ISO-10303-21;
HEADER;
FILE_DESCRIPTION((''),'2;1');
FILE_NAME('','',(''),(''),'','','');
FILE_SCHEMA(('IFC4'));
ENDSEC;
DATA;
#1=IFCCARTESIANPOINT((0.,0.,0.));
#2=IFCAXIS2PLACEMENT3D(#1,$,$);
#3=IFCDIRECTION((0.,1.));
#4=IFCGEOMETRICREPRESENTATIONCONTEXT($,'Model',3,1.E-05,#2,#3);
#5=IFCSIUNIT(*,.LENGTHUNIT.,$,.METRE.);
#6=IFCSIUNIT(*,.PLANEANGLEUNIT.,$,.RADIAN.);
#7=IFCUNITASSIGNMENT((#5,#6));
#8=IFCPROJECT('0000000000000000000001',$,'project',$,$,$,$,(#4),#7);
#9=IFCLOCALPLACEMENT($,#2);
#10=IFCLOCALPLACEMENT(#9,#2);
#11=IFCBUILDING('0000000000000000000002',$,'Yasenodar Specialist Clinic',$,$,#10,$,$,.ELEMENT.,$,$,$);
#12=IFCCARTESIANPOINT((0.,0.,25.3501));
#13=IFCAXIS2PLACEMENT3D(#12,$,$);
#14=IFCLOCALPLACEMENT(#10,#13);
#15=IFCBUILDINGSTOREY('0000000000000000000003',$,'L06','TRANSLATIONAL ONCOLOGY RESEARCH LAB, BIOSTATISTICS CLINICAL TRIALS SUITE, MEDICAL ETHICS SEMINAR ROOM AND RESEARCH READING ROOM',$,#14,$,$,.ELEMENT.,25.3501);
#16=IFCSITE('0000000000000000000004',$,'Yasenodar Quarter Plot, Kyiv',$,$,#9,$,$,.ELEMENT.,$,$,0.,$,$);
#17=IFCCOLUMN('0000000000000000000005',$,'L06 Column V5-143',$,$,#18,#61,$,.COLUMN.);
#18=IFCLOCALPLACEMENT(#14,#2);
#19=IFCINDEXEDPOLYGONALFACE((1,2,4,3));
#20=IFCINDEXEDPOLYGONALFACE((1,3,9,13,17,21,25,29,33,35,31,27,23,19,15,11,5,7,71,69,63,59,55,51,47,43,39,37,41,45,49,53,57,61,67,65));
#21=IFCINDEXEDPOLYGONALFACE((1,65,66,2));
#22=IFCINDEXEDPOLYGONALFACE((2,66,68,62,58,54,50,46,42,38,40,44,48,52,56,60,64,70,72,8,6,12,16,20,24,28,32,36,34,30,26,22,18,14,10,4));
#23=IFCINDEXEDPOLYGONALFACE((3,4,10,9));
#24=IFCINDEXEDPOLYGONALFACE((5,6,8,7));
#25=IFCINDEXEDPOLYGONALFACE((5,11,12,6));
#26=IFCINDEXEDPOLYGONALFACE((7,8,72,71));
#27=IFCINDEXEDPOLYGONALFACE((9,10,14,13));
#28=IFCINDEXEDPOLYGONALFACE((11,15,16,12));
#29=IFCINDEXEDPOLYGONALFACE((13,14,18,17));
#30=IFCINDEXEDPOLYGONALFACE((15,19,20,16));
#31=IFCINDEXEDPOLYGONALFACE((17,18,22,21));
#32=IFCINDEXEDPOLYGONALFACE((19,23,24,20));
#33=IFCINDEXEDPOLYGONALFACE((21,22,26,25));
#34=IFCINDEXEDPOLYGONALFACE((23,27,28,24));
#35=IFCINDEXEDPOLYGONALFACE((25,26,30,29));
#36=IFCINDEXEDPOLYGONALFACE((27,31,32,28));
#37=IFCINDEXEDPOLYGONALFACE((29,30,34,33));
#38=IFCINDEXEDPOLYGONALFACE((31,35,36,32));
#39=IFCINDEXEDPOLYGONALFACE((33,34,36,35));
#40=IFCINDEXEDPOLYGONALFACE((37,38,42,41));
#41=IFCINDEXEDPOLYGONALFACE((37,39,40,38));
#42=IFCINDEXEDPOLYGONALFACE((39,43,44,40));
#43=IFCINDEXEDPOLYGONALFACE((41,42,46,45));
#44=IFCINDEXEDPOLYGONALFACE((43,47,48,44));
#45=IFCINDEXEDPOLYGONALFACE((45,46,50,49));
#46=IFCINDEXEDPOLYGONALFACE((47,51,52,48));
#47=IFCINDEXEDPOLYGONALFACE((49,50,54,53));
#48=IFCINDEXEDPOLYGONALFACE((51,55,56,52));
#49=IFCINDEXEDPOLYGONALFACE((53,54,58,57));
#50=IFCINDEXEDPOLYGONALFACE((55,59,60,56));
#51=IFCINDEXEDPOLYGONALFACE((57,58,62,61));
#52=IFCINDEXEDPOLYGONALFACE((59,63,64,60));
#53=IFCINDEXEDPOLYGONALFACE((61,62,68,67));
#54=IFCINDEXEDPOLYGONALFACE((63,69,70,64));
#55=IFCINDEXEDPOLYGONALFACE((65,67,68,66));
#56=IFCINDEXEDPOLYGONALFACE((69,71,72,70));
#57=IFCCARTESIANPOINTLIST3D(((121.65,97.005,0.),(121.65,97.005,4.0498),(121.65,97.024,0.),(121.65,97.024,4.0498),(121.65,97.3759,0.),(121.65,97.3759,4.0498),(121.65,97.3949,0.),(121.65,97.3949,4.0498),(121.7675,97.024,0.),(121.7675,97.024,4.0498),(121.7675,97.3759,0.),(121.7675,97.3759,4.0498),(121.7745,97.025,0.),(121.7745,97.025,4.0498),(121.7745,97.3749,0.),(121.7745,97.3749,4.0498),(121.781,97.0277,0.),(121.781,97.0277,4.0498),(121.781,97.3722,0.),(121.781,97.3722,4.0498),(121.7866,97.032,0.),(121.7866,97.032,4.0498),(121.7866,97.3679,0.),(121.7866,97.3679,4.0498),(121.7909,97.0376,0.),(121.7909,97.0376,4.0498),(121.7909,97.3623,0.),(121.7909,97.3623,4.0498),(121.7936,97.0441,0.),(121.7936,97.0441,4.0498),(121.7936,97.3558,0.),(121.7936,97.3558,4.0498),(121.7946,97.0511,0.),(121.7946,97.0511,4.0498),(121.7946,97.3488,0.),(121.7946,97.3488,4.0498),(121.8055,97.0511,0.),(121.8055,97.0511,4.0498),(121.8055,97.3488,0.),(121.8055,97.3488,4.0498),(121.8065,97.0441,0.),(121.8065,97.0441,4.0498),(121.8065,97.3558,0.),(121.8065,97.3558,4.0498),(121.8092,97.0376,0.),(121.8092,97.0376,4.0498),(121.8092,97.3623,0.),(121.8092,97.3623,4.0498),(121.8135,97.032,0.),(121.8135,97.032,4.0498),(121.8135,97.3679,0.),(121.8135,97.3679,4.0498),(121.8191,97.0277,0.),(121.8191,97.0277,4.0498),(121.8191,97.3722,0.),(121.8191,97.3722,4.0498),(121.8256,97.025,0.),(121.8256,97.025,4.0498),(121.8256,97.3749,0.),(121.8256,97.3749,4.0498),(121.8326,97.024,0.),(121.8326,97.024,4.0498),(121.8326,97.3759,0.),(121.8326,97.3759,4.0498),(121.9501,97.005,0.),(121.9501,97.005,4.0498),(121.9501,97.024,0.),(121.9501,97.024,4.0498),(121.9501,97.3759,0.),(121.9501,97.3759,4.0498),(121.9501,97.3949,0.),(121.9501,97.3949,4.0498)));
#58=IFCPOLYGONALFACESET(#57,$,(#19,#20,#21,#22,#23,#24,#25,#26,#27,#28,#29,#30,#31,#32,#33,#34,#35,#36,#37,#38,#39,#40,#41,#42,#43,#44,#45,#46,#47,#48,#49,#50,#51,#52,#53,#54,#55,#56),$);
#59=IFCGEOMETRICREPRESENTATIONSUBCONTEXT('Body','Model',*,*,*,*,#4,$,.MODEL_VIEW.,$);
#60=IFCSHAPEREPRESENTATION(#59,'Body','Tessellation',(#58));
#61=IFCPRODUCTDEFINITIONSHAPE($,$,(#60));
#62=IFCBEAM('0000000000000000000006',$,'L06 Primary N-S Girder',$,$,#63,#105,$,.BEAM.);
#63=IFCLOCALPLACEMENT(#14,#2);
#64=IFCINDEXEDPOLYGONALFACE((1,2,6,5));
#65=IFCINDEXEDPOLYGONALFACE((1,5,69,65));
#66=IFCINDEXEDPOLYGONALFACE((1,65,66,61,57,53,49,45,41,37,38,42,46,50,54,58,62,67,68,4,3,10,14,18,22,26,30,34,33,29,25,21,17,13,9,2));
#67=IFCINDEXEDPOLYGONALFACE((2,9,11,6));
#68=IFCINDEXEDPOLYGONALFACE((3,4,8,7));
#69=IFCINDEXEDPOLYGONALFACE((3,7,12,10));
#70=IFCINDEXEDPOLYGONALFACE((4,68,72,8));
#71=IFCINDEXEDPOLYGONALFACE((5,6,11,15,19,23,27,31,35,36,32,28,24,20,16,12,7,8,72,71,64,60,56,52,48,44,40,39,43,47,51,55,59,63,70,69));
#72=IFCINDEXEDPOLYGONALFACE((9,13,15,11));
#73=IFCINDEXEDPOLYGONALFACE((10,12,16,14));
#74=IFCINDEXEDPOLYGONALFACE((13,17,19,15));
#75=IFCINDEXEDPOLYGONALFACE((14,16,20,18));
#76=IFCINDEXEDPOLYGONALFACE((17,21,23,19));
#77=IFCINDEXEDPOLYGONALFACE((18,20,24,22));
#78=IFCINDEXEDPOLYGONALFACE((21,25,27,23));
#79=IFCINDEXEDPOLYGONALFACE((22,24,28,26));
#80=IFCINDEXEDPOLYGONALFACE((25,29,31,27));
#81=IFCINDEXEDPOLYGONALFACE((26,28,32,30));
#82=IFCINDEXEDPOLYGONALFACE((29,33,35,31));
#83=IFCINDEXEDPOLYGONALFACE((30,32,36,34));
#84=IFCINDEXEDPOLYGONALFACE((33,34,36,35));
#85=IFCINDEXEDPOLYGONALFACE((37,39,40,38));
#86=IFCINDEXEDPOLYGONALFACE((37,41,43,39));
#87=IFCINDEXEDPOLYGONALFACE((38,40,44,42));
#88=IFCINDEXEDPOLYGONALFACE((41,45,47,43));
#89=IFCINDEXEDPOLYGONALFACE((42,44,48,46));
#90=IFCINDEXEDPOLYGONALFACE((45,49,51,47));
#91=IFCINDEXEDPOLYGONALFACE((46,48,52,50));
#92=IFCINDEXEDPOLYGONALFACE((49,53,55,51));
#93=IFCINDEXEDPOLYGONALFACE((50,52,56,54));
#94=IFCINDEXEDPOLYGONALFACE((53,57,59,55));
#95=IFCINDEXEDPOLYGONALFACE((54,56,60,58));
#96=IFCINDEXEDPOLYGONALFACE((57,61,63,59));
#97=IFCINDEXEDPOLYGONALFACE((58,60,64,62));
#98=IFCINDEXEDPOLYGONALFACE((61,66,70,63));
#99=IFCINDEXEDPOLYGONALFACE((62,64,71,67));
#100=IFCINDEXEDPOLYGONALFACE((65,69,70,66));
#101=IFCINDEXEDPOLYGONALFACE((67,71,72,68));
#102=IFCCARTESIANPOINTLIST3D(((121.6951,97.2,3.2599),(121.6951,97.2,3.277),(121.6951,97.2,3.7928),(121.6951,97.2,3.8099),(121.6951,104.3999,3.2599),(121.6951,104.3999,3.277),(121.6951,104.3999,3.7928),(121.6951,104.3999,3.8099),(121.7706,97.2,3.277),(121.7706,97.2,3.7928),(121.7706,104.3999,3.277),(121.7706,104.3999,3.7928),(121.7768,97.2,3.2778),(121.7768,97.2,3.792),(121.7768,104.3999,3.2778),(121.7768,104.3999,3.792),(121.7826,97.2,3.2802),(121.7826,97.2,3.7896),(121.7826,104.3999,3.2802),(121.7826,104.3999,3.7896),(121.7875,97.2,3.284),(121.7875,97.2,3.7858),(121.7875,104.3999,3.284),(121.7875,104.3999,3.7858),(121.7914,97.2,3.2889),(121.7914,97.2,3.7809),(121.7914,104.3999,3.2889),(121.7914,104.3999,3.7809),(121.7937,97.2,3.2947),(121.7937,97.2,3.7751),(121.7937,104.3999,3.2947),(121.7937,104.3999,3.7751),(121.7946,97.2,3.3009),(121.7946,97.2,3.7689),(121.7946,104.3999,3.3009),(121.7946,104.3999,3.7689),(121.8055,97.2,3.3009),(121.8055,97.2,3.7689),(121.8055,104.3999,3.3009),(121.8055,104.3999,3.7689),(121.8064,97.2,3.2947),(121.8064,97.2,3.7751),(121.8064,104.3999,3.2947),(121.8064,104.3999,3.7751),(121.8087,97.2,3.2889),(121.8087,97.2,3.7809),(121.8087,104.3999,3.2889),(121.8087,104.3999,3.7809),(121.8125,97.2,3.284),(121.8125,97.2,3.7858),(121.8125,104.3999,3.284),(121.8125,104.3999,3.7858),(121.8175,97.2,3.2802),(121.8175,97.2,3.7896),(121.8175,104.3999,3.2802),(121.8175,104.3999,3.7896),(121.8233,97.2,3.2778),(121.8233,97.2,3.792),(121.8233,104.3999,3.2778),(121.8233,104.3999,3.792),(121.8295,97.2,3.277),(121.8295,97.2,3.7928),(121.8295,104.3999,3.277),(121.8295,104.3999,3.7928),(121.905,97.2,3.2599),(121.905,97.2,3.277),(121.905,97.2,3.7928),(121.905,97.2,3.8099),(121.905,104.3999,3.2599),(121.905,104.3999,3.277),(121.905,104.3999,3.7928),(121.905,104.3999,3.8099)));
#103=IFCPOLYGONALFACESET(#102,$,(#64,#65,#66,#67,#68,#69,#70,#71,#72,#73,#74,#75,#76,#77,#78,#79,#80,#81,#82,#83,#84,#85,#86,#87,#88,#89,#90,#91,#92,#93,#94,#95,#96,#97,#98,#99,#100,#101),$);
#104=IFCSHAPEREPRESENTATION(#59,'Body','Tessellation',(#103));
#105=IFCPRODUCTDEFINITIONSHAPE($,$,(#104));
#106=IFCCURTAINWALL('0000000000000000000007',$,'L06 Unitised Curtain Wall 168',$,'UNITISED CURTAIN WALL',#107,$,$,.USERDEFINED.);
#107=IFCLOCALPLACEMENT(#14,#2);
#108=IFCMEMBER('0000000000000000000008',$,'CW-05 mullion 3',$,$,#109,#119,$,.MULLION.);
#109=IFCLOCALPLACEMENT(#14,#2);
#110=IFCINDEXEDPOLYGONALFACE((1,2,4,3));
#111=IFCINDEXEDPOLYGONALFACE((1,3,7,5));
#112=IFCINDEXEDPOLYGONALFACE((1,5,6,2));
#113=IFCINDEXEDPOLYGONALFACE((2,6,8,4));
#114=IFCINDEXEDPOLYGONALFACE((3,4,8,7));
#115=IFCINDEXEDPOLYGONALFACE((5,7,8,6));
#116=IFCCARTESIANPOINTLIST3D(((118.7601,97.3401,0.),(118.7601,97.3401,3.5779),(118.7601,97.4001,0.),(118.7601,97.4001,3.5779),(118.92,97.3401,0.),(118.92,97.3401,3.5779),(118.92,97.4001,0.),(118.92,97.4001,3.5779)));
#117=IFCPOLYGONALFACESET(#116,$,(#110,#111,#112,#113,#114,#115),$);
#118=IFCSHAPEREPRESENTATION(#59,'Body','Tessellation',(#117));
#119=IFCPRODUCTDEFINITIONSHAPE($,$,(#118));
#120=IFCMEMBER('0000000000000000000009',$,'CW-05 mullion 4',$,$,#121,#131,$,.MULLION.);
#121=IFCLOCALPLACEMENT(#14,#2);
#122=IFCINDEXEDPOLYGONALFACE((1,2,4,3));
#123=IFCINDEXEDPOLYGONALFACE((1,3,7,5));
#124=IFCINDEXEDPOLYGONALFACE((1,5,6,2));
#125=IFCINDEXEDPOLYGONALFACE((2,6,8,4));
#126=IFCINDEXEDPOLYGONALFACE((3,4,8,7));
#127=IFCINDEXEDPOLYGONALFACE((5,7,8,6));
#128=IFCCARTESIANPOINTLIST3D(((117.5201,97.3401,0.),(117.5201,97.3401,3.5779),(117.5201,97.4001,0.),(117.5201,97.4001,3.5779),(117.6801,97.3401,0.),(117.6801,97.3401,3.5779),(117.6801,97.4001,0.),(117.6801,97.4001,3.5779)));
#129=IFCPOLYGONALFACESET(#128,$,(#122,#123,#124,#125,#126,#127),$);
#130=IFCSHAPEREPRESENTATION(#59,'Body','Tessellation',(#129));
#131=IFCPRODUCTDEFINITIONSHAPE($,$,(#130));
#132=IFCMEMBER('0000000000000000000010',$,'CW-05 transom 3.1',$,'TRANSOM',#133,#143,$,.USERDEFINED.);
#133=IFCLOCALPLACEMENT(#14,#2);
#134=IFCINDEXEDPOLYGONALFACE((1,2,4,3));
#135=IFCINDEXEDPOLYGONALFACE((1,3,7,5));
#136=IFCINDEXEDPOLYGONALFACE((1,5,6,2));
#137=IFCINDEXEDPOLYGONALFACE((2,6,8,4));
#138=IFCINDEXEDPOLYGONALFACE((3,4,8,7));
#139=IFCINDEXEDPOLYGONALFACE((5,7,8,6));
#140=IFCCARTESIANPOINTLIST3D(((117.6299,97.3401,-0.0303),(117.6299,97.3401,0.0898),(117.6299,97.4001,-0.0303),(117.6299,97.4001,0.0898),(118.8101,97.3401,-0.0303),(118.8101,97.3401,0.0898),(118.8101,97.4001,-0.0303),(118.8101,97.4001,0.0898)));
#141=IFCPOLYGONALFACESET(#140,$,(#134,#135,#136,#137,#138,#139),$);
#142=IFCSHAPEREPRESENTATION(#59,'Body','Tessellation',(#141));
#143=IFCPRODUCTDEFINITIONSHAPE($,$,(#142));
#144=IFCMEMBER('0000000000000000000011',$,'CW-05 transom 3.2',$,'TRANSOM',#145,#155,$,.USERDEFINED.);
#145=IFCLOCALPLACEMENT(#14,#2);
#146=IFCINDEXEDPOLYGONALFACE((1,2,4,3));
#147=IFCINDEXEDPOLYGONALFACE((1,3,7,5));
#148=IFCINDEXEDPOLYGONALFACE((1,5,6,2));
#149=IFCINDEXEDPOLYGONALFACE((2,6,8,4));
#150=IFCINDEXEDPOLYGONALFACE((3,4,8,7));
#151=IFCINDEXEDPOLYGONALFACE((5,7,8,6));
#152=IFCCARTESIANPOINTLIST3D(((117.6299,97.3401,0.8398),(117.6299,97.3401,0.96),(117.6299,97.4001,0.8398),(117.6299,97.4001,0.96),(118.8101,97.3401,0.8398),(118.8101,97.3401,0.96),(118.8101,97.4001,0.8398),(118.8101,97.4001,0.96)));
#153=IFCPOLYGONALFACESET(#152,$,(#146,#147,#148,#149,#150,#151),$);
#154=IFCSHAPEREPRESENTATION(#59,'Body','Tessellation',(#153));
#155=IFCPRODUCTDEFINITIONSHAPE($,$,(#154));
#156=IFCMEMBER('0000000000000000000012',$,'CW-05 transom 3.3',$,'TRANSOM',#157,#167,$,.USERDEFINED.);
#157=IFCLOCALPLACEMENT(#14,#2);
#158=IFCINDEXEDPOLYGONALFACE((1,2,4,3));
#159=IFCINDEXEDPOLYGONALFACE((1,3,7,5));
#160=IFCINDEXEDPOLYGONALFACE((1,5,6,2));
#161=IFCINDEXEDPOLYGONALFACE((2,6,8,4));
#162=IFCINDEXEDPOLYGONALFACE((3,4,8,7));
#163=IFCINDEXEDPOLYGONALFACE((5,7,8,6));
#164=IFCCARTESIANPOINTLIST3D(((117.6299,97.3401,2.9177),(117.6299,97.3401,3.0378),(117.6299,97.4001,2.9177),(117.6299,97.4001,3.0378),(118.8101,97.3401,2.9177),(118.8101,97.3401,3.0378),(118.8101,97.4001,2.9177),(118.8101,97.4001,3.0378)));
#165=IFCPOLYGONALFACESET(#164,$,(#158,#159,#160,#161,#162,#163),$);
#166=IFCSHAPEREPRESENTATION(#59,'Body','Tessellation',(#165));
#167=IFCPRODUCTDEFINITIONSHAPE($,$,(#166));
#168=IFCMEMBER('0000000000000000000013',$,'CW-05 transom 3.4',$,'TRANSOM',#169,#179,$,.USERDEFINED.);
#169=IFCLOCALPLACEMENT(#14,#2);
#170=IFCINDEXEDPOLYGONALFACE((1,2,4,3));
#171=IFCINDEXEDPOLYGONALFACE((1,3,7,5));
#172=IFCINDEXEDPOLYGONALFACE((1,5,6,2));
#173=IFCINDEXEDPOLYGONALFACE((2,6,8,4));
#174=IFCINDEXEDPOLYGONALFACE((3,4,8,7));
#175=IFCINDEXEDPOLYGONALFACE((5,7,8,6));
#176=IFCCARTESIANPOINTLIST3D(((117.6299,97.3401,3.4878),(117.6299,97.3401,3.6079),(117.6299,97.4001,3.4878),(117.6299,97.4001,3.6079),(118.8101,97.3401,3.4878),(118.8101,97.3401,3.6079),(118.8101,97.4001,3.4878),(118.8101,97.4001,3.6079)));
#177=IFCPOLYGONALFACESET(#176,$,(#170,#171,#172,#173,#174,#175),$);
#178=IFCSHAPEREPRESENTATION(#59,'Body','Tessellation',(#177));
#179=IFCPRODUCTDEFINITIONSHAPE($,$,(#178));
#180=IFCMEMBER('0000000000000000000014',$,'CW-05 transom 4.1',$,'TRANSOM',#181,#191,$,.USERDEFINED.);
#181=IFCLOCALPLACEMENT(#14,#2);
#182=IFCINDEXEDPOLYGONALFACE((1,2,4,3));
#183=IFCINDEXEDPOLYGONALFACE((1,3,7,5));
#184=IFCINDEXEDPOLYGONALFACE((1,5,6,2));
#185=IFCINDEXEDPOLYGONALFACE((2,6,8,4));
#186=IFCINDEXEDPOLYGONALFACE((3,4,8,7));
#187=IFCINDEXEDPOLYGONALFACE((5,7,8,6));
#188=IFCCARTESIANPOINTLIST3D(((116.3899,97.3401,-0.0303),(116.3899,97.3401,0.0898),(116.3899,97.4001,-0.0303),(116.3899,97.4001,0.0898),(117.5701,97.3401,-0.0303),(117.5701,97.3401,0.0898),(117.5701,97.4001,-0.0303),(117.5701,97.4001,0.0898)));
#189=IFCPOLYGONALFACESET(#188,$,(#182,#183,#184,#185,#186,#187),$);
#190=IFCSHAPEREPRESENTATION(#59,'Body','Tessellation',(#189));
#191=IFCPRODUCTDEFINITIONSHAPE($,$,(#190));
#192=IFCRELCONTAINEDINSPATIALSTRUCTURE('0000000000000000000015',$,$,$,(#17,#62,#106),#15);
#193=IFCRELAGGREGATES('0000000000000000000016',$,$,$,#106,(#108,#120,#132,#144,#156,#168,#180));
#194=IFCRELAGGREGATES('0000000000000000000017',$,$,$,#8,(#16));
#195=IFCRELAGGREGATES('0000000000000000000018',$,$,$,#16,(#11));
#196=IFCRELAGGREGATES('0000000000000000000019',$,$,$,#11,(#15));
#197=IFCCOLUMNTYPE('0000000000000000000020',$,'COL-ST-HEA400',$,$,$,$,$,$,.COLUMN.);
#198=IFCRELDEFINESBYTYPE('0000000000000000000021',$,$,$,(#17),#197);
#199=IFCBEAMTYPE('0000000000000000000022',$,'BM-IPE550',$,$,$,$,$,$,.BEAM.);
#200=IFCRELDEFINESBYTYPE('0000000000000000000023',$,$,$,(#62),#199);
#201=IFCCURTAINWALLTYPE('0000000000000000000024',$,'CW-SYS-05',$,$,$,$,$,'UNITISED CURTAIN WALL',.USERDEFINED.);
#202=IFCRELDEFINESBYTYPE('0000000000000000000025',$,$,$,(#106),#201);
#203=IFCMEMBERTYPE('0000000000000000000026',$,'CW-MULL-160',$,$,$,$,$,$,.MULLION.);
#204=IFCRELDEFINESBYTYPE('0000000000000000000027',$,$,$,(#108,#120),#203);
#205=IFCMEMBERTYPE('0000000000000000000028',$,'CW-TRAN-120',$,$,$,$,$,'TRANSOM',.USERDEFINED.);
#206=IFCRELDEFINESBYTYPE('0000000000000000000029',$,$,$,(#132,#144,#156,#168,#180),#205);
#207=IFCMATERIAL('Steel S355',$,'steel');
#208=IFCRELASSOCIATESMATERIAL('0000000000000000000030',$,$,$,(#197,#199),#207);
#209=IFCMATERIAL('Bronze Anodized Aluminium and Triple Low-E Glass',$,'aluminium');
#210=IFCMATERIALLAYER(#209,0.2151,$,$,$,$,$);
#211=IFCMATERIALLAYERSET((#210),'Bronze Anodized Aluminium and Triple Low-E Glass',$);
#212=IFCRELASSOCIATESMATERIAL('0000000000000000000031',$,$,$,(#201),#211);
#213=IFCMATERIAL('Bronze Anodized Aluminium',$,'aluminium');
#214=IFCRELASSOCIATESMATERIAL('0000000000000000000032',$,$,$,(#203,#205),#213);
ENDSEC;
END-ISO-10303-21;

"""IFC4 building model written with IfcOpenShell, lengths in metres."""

from ifc_helpers import new_model, si_unit, direction, frame, origin, origin_2d, place, context, subcontext, project, spatial, rectangle, i_section, extrude, material, layer, layer_set, material_profile, profile_set, type_object, element, aggregate, save


model = new_model("IFC4")

# Units and contexts
model_context = context("Model", 3, precision=1e-05, world=origin(), true_north=direction((0.0, 1.0)))
body_context = subcontext(model_context, "Body", "Model", "MODEL_VIEW")
ifc_project = project(units=[si_unit("LENGTHUNIT", "METRE"), si_unit("PLANEANGLEUNIT", "RADIAN")], contexts=[model_context])

# Site, building, storey
site_placement = place(None, origin())
site = spatial("IfcSite", under=ifc_project, at=site_placement, Name="Yasenodar Quarter Plot, Kyiv", CompositionType="ELEMENT", RefElevation=0.0)
building_placement = place(site_placement, origin())
building = spatial("IfcBuilding", under=site, at=building_placement, Name="Yasenodar Specialist Clinic", CompositionType="ELEMENT")
storey_placement = place(building_placement, frame((0.0, 0.0, 25.3501)))
storey = spatial("IfcBuildingStorey", under=building, at=storey_placement, Name="L06", Description="TRANSLATIONAL ONCOLOGY RESEARCH LAB, BIOSTATISTICS CLINICAL TRIALS SUITE, MEDICAL ETHICS SEMINAR ROOM AND RESEARCH READING ROOM", CompositionType="ELEMENT", Elevation=25.3501)

# Column
ifc_material_1 = material(Name="Steel S355", Category="steel")
ifc_material_profile_1 = material_profile(ifc_material_1, i_section(OverallWidth=0.3, OverallDepth=0.3899, WebThickness=0.011, FlangeThickness=0.019, FilletRadius=0.0271, at=origin_2d()), Name="HEA 400")
ifc_profile_set_1 = profile_set([ifc_material_profile_1], Name="Steel S355")
column_type = type_object("IfcColumnType", Name="COL-ST-HEA400", PredefinedType="COLUMN", material=ifc_profile_set_1)
column_placement = place(storey_placement, frame((121.8, 97.2, 0.0), z_axis=(0.0, 0.0, 1.0), x_axis=(1.0, 0.0, 0.0)))
element("IfcColumn", 1, at=column_placement, inside=storey, type_object=column_type, Name="L06 Column V5-143", PredefinedType="COLUMN", context=body_context, shape_type="SweptSolid", body=[
    extrude(i_section(OverallWidth=0.3, OverallDepth=0.3899, WebThickness=0.011, FlangeThickness=0.019, FilletRadius=0.0271, at=origin_2d()), origin(), (0.0, 0.0, 1.0), 4.0498),
])

# Beam
ifc_material_profile_2 = material_profile(ifc_material_1, i_section(OverallWidth=0.21, OverallDepth=0.55, WebThickness=0.011, FlangeThickness=0.0171, FilletRadius=0.0239, at=origin_2d()), Name="IPE 550")
ifc_profile_set_2 = profile_set([ifc_material_profile_2], Name="Steel S355")
beam_type = type_object("IfcBeamType", Name="BM-IPE550", PredefinedType="BEAM", material=ifc_profile_set_2)
beam_placement = place(storey_placement, frame((121.8, 97.2, 3.5349), z_axis=(0.0, 1.0, 0.0), x_axis=(-1.0, 0.0, 0.0)))
element("IfcBeam", 2, at=beam_placement, inside=storey, type_object=beam_type, Name="L06 Primary N-S Girder", PredefinedType="BEAM", context=body_context, shape_type="SweptSolid", body=[
    extrude(i_section(OverallWidth=0.21, OverallDepth=0.55, WebThickness=0.011, FlangeThickness=0.0171, FilletRadius=0.0239, at=origin_2d()), origin(), (0.0, 0.0, 1.0), 7.2),
])

# Curtain wall, members
ifc_material_2 = material(Name="Bronze Anodized Aluminium and Triple Low-E Glass", Category="aluminium")
ifc_layer_1 = layer(ifc_material_2, 0.2151)
ifc_layer_set_1 = layer_set([ifc_layer_1], Name="Bronze Anodized Aluminium and Triple Low-E Glass")
curtain_wall_type = type_object("IfcCurtainWallType", Name="CW-SYS-05", ElementType="UNITISED CURTAIN WALL", PredefinedType="USERDEFINED", material=ifc_layer_set_1)
curtain_wall_placement = place(storey_placement, origin())
curtain_wall = element("IfcCurtainWall", 3, at=curtain_wall_placement, inside=storey, type_object=curtain_wall_type, Name="L06 Unitised Curtain Wall 168", ObjectType="UNITISED CURTAIN WALL", PredefinedType="USERDEFINED")
ifc_material_3 = material(Name="Bronze Anodized Aluminium", Category="aluminium")
ifc_material_profile_3 = material_profile(ifc_material_3, rectangle(XDim=0.0601, YDim=0.1599, at=origin_2d()), Name="CW-MULL 60x160")
ifc_profile_set_3 = profile_set([ifc_material_profile_3], Name="Bronze Anodized Aluminium")
member_type_1 = type_object("IfcMemberType", Name="CW-MULL-160", PredefinedType="MULLION", material=ifc_profile_set_3)
member_1_placement = place(storey_placement, frame((118.8401, 97.3701, 0.0), z_axis=(0.0, 0.0, 1.0), x_axis=(0.0, -1.0, 0.0)))
member_1 = element("IfcMember", 4, at=member_1_placement, type_object=member_type_1, Name="CW-05 mullion 3", PredefinedType="MULLION", context=body_context, shape_type="SweptSolid", body=[
    extrude(rectangle(XDim=0.0601, YDim=0.1599, at=origin_2d()), origin(), (0.0, 0.0, 1.0), 3.5779),
])
member_2_placement = place(storey_placement, frame((117.6001, 97.3701, 0.0), z_axis=(0.0, 0.0, 1.0), x_axis=(0.0, -1.0, 0.0)))
member_2 = element("IfcMember", 5, at=member_2_placement, type_object=member_type_1, Name="CW-05 mullion 4", PredefinedType="MULLION", context=body_context, shape_type="SweptSolid", body=[
    extrude(rectangle(XDim=0.0601, YDim=0.1599, at=origin_2d()), origin(), (0.0, 0.0, 1.0), 3.5779),
])
ifc_material_profile_4 = material_profile(ifc_material_3, rectangle(XDim=0.0601, YDim=0.1201, at=origin_2d()), Name="CW-TRAN 60x120")
ifc_profile_set_4 = profile_set([ifc_material_profile_4], Name="Bronze Anodized Aluminium")
member_type_2 = type_object("IfcMemberType", Name="CW-TRAN-120", ElementType="TRANSOM", PredefinedType="USERDEFINED", material=ifc_profile_set_4)
member_3_placement = place(storey_placement, frame((118.8101, 97.3701, 0.0298), z_axis=(-1.0, 0.0, 0.0), x_axis=(0.0, -1.0, 0.0)))
member_3 = element("IfcMember", 6, at=member_3_placement, type_object=member_type_2, Name="CW-05 transom 3.1", ObjectType="TRANSOM", PredefinedType="USERDEFINED", context=body_context, shape_type="SweptSolid", body=[
    extrude(rectangle(XDim=0.0601, YDim=0.1201, at=origin_2d()), origin(), (0.0, 0.0, 1.0), 1.1802),
])
member_4_placement = place(storey_placement, frame((118.8101, 97.3701, 0.8999), z_axis=(-1.0, 0.0, 0.0), x_axis=(0.0, -1.0, 0.0)))
member_4 = element("IfcMember", 7, at=member_4_placement, type_object=member_type_2, Name="CW-05 transom 3.2", ObjectType="TRANSOM", PredefinedType="USERDEFINED", context=body_context, shape_type="SweptSolid", body=[
    extrude(rectangle(XDim=0.0601, YDim=0.1201, at=origin_2d()), origin(), (0.0, 0.0, 1.0), 1.1802),
])
member_5_placement = place(storey_placement, frame((118.8101, 97.3701, 2.9778), z_axis=(-1.0, 0.0, 0.0), x_axis=(0.0, -1.0, 0.0)))
member_5 = element("IfcMember", 8, at=member_5_placement, type_object=member_type_2, Name="CW-05 transom 3.3", ObjectType="TRANSOM", PredefinedType="USERDEFINED", context=body_context, shape_type="SweptSolid", body=[
    extrude(rectangle(XDim=0.0601, YDim=0.1201, at=origin_2d()), origin(), (0.0, 0.0, 1.0), 1.1802),
])
member_6_placement = place(storey_placement, frame((118.8101, 97.3701, 3.5479), z_axis=(-1.0, 0.0, 0.0), x_axis=(0.0, -1.0, 0.0)))
member_6 = element("IfcMember", 9, at=member_6_placement, type_object=member_type_2, Name="CW-05 transom 3.4", ObjectType="TRANSOM", PredefinedType="USERDEFINED", context=body_context, shape_type="SweptSolid", body=[
    extrude(rectangle(XDim=0.0601, YDim=0.1201, at=origin_2d()), origin(), (0.0, 0.0, 1.0), 1.1802),
])
member_7_placement = place(storey_placement, frame((117.5701, 97.3701, 0.0298), z_axis=(-1.0, 0.0, 0.0), x_axis=(0.0, -1.0, 0.0)))
member_7 = element("IfcMember", 10, at=member_7_placement, type_object=member_type_2, Name="CW-05 transom 4.1", ObjectType="TRANSOM", PredefinedType="USERDEFINED", context=body_context, shape_type="SweptSolid", body=[
    extrude(rectangle(XDim=0.0601, YDim=0.1201, at=origin_2d()), origin(), (0.0, 0.0, 1.0), 1.1802),
])
aggregate(curtain_wall, [member_1, member_2, member_3, member_4, member_5, member_6, member_7])

save(model, "model.ifc")
